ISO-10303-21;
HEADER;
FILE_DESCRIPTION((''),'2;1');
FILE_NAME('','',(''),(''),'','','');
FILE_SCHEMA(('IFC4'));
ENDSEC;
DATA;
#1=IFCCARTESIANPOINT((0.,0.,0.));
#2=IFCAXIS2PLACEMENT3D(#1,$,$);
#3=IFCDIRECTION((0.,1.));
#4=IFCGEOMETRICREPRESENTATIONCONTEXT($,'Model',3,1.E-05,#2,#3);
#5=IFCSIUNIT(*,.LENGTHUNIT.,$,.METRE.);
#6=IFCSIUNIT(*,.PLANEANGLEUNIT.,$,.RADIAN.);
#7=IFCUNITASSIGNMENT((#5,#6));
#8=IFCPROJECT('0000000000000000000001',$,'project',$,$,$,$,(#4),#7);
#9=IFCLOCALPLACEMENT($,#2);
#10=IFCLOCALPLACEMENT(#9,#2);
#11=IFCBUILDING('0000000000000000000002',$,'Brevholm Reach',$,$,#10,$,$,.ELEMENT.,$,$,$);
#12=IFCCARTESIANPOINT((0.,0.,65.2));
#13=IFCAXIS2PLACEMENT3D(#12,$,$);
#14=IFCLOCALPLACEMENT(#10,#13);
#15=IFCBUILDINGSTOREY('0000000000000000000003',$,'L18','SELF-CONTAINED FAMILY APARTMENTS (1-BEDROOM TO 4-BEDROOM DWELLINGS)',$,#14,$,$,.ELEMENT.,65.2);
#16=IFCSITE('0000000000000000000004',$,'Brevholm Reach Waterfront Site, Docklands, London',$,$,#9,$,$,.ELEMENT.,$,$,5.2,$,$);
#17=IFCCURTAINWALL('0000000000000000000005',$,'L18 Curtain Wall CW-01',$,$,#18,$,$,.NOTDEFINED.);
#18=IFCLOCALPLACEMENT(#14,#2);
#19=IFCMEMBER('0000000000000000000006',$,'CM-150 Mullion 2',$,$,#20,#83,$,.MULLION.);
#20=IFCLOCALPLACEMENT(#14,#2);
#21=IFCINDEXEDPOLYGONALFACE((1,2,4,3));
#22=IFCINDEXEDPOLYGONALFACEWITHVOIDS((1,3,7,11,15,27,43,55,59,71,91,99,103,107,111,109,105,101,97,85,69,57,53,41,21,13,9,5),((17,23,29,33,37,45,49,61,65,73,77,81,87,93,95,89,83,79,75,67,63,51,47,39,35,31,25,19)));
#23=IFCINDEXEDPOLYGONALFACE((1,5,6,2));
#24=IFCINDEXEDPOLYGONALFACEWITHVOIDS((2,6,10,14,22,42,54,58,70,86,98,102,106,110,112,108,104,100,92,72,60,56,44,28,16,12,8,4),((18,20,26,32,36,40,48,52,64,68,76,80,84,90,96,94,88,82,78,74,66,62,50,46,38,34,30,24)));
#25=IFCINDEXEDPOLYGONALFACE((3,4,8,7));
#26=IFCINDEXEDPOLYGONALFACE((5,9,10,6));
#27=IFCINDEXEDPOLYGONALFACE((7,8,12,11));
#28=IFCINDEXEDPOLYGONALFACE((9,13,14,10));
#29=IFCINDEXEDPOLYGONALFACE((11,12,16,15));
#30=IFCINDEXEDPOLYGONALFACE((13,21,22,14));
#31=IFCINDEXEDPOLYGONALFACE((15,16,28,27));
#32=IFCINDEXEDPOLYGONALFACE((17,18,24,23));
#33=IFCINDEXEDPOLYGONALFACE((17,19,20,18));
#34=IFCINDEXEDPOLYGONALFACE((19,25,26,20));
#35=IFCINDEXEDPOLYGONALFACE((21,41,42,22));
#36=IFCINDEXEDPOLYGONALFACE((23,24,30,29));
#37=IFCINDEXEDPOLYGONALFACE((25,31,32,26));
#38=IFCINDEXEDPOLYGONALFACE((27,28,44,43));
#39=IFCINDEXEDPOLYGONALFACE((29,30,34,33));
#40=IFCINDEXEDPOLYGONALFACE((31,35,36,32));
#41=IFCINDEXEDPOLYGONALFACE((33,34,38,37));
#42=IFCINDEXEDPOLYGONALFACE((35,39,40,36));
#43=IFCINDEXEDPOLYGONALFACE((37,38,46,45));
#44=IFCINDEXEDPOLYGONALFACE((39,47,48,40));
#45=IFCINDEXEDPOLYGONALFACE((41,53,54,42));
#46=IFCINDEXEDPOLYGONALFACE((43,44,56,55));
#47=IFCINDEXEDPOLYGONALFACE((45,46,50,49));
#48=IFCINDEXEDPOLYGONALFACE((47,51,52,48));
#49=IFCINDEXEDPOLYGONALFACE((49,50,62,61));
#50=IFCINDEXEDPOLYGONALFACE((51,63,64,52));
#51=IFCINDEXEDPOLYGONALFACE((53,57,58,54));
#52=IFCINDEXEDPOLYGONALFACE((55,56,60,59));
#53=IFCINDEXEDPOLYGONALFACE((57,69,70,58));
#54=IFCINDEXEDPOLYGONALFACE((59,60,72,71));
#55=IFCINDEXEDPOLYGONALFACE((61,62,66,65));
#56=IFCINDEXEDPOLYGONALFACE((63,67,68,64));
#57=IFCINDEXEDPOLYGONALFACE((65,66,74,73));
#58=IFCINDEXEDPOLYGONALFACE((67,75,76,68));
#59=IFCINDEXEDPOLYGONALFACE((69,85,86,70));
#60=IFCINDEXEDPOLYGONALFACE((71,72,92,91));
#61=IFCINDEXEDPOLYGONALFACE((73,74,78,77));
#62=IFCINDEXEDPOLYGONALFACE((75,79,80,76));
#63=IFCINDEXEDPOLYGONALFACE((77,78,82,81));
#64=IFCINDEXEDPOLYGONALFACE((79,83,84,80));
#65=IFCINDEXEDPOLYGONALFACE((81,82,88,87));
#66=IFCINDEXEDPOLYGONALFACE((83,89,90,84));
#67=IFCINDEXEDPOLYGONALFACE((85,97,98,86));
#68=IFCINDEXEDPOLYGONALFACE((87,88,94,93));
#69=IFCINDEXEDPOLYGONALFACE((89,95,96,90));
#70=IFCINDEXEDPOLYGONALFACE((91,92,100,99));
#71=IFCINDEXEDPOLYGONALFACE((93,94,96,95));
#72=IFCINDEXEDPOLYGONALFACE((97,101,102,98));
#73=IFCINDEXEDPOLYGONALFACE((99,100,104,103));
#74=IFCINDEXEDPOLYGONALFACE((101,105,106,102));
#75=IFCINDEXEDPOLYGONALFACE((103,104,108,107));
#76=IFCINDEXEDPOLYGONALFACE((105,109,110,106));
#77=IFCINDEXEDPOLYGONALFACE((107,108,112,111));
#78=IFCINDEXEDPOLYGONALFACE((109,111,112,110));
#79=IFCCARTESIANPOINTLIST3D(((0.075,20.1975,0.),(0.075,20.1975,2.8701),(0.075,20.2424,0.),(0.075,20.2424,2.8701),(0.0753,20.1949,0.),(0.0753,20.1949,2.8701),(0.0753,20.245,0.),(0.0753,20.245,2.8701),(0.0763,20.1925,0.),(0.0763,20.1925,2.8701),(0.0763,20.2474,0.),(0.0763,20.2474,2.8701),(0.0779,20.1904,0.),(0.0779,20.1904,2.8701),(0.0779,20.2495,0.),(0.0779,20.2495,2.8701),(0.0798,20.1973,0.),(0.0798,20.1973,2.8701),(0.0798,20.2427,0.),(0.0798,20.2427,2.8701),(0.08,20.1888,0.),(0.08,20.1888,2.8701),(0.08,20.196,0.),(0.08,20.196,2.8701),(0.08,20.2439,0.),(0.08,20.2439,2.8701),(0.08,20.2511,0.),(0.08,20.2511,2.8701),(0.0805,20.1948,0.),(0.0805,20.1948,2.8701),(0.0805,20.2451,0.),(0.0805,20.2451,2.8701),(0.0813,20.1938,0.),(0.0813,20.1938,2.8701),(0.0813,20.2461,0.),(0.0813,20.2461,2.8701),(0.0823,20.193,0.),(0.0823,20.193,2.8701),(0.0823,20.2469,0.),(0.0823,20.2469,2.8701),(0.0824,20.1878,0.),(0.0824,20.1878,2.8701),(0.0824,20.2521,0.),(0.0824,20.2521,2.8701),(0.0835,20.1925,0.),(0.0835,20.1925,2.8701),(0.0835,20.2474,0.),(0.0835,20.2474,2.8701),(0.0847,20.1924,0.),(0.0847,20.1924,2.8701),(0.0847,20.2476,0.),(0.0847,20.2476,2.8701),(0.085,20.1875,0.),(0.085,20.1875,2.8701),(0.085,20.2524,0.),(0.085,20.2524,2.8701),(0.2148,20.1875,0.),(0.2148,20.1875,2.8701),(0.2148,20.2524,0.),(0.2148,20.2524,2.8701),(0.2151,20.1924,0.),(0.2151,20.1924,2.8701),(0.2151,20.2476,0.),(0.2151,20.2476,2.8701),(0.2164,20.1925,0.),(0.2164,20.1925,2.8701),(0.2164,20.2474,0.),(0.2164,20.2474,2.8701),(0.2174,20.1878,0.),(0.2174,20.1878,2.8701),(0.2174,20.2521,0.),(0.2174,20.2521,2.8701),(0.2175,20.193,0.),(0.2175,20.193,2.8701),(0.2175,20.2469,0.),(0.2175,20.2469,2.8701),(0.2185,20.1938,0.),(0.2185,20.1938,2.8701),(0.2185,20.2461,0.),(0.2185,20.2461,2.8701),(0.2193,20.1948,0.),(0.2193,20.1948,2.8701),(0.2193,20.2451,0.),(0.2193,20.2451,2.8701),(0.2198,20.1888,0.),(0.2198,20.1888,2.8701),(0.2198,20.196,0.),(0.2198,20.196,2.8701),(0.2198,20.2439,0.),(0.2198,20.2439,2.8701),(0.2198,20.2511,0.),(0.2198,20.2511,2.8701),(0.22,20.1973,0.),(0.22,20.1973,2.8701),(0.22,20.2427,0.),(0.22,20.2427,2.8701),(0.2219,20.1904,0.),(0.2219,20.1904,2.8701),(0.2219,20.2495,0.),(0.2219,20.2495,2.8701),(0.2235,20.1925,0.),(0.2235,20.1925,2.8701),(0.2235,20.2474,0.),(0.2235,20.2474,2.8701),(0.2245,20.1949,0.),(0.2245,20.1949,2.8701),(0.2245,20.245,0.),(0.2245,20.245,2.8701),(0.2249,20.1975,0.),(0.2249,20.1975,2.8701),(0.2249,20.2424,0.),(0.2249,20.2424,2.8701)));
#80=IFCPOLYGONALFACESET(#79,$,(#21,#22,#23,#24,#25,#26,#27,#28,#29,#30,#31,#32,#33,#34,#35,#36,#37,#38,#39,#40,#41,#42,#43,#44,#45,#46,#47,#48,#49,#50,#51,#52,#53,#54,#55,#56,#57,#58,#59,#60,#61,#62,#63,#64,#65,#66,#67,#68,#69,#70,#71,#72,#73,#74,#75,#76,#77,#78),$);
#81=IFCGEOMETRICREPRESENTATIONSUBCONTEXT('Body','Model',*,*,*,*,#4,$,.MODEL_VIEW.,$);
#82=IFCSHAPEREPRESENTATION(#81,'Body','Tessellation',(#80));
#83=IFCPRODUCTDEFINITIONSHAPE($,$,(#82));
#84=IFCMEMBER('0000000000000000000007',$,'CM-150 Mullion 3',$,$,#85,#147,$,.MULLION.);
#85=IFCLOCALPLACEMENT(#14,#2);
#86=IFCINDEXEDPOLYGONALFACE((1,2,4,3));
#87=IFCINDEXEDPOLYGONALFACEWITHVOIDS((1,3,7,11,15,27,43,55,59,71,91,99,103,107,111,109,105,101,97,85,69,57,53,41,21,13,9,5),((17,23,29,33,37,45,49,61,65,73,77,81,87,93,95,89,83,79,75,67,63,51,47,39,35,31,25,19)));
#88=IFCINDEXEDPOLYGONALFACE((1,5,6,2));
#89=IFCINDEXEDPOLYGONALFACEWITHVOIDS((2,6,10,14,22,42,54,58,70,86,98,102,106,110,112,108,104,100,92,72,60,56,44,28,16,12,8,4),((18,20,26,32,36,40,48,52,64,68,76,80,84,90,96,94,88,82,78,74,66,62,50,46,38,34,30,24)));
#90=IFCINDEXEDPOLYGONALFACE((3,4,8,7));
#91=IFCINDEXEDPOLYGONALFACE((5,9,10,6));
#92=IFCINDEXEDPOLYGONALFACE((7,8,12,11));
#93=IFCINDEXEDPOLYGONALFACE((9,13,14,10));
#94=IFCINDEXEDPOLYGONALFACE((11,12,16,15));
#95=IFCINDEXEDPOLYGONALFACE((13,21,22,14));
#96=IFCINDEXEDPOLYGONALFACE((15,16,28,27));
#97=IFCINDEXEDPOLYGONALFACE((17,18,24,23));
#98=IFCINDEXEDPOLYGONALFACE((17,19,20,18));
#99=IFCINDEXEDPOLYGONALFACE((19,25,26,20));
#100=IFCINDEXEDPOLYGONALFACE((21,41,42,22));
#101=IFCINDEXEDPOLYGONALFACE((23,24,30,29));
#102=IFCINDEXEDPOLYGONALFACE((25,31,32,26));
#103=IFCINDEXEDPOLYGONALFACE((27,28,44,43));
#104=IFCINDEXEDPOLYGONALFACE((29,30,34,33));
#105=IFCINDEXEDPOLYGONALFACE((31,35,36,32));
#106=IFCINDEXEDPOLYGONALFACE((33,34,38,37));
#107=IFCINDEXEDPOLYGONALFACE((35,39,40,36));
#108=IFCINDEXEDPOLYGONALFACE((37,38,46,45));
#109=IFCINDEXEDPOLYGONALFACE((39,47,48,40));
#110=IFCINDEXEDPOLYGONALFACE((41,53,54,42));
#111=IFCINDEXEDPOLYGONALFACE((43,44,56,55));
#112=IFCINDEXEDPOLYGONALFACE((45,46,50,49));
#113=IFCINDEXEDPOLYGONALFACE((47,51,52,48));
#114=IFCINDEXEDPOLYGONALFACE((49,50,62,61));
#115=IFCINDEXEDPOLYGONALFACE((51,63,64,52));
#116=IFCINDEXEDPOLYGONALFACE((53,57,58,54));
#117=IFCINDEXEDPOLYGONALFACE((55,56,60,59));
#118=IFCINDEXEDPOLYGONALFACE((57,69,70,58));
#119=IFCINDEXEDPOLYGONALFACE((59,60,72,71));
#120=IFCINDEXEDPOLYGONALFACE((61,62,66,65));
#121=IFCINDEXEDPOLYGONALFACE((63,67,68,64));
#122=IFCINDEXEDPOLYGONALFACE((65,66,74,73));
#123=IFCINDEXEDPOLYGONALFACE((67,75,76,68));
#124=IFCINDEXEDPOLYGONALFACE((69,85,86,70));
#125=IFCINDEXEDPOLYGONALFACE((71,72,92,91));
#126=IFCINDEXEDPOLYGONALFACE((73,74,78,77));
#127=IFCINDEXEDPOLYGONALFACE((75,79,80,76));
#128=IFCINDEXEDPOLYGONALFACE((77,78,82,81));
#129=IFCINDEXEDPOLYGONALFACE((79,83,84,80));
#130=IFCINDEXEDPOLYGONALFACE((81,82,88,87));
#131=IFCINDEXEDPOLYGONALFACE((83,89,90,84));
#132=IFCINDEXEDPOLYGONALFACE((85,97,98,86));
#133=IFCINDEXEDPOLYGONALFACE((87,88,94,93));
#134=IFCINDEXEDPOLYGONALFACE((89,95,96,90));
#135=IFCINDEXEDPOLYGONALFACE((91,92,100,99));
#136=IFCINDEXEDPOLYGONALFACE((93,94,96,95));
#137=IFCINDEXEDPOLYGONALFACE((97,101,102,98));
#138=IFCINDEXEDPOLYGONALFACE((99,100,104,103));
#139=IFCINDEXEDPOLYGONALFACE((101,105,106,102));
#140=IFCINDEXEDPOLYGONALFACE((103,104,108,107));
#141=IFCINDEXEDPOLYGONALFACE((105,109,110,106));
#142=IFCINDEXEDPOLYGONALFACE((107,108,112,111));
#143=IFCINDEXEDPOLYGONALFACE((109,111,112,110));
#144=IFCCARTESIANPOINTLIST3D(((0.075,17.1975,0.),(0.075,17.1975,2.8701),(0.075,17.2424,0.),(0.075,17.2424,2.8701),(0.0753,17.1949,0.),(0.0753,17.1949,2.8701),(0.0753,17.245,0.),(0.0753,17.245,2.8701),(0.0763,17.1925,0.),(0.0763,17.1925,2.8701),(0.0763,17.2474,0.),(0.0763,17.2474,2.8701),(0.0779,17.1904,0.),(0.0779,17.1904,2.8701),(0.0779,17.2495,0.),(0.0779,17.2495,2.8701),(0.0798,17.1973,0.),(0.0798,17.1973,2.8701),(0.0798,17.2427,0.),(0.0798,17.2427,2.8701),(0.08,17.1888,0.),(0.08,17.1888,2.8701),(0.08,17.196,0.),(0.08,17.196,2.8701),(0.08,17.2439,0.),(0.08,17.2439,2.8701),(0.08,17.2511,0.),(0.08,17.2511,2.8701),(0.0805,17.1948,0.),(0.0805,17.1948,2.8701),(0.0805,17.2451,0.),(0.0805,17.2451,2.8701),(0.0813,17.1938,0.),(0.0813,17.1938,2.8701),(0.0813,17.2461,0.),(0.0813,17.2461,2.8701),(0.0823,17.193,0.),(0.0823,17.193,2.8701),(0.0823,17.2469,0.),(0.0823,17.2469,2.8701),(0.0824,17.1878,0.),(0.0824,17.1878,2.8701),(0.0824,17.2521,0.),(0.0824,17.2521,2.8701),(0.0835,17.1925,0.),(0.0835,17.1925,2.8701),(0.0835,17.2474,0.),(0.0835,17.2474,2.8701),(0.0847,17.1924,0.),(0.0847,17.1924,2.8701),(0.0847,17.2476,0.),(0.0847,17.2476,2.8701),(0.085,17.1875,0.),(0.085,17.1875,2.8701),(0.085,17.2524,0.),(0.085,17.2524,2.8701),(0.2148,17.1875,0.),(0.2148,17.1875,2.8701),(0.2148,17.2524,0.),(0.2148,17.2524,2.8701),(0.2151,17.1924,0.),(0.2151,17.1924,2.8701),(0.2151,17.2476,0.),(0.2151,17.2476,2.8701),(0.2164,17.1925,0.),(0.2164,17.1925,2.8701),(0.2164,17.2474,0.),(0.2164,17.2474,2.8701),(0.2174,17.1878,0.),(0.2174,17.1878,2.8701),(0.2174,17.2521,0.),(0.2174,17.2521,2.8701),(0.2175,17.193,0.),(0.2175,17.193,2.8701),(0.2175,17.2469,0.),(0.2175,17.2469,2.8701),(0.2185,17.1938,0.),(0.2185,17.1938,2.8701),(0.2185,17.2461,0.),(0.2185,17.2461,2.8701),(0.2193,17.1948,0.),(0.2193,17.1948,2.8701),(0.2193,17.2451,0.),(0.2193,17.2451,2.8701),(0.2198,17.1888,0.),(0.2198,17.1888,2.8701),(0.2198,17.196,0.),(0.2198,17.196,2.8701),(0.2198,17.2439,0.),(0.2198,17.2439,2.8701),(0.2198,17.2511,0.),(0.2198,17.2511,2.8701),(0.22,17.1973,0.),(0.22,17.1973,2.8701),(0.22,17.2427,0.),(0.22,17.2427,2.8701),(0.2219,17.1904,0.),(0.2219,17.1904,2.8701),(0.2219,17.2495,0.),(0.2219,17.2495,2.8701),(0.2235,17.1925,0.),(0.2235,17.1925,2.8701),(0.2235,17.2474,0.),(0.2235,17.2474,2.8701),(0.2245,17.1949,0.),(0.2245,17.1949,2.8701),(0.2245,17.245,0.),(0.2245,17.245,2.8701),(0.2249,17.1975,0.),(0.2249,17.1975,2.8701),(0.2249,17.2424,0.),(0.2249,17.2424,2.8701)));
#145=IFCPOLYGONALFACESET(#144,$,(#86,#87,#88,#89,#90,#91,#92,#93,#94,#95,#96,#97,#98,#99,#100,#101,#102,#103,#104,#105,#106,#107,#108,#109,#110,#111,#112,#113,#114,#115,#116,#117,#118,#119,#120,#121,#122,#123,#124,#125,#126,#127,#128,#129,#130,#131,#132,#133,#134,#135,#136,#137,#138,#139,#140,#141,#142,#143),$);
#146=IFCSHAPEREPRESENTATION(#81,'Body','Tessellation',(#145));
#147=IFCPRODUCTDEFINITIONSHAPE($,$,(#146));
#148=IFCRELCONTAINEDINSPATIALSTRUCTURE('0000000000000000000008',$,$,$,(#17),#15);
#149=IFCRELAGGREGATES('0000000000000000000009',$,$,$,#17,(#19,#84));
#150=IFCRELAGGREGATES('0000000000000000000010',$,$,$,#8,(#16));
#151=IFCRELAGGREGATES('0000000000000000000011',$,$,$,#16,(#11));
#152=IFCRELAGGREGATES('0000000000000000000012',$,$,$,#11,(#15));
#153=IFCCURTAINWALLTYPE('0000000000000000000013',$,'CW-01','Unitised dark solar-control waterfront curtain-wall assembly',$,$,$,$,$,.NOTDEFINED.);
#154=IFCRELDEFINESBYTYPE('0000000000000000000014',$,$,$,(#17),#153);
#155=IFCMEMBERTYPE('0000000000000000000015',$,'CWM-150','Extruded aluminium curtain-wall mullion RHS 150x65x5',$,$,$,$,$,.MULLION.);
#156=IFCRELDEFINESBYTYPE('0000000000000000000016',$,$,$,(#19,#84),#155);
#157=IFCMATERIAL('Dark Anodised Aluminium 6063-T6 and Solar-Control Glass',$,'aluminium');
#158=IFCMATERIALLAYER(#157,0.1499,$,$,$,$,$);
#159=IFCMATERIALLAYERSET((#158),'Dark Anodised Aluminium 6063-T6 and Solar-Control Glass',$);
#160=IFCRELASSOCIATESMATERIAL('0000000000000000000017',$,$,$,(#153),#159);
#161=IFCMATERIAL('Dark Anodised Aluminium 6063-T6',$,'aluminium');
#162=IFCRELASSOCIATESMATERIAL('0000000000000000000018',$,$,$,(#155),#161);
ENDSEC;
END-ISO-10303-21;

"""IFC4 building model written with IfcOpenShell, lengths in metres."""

from ifc_helpers import new_model, si_unit, direction, frame, origin, origin_2d, place, context, subcontext, project, spatial, hollow_rectangle, extrude, material, layer, layer_set, material_profile, profile_set, type_object, element, aggregate, save


model = new_model("IFC4")

# Units and contexts
model_context = context("Model", 3, precision=1e-05, world=origin(), true_north=direction((0.0, 1.0)))
body_context = subcontext(model_context, "Body", "Model", "MODEL_VIEW")
ifc_project = project(units=[si_unit("LENGTHUNIT", "METRE"), si_unit("PLANEANGLEUNIT", "RADIAN")], contexts=[model_context])

# Site, building, storey
site_placement = place(None, origin())
site = spatial("IfcSite", under=ifc_project, at=site_placement, Name="Brevholm Reach Waterfront Site, Docklands, London", CompositionType="ELEMENT", RefElevation=5.2)
building_placement = place(site_placement, origin())
building = spatial("IfcBuilding", under=site, at=building_placement, Name="Brevholm Reach", CompositionType="ELEMENT")
storey_placement = place(building_placement, frame((0.0, 0.0, 65.2)))
storey = spatial("IfcBuildingStorey", under=building, at=storey_placement, Name="L18", Description="SELF-CONTAINED FAMILY APARTMENTS (1-BEDROOM TO 4-BEDROOM DWELLINGS)", CompositionType="ELEMENT", Elevation=65.2)

# Curtain wall, members
ifc_material_1 = material(Name="Dark Anodised Aluminium 6063-T6 and Solar-Control Glass", Category="aluminium")
ifc_layer_1 = layer(ifc_material_1, 0.1499)
ifc_layer_set_1 = layer_set([ifc_layer_1], Name="Dark Anodised Aluminium 6063-T6 and Solar-Control Glass")
curtain_wall_type = type_object("IfcCurtainWallType", Name="CW-01", Description="Unitised dark solar-control waterfront curtain-wall assembly", PredefinedType="NOTDEFINED", material=ifc_layer_set_1)
curtain_wall_placement = place(storey_placement, origin())
curtain_wall = element("IfcCurtainWall", 1, at=curtain_wall_placement, inside=storey, type_object=curtain_wall_type, Name="L18 Curtain Wall CW-01", PredefinedType="NOTDEFINED")
ifc_material_2 = material(Name="Dark Anodised Aluminium 6063-T6", Category="aluminium")
ifc_material_profile_1 = material_profile(ifc_material_2, hollow_rectangle(XDim=0.0649, YDim=0.1499, WallThickness=0.0049, InnerFilletRadius=0.0049, OuterFilletRadius=0.01, at=origin_2d()), Name="RHS 150x65x5")
ifc_profile_set_1 = profile_set([ifc_material_profile_1], Name="Dark Anodised Aluminium 6063-T6")
member_type_1 = type_object("IfcMemberType", Name="CWM-150", Description="Extruded aluminium curtain-wall mullion RHS 150x65x5", PredefinedType="MULLION", material=ifc_profile_set_1)
member_1_placement = place(storey_placement, frame((0.1499, 20.22, 0.0), z_axis=(0.0, 0.0, 1.0), x_axis=(0.0, -1.0, 0.0)))
member_1 = element("IfcMember", 2, at=member_1_placement, type_object=member_type_1, Name="CM-150 Mullion 2", PredefinedType="MULLION", context=body_context, shape_type="SweptSolid", body=[
    extrude(hollow_rectangle(XDim=0.0649, YDim=0.1499, WallThickness=0.0049, InnerFilletRadius=0.0049, OuterFilletRadius=0.01, at=origin_2d()), origin(), (0.0, 0.0, 1.0), 2.8701),
])
member_2_placement = place(storey_placement, frame((0.1499, 17.22, 0.0), z_axis=(0.0, 0.0, 1.0), x_axis=(0.0, -1.0, 0.0)))
member_2 = element("IfcMember", 3, at=member_2_placement, type_object=member_type_1, Name="CM-150 Mullion 3", PredefinedType="MULLION", context=body_context, shape_type="SweptSolid", body=[
    extrude(hollow_rectangle(XDim=0.0649, YDim=0.1499, WallThickness=0.0049, InnerFilletRadius=0.0049, OuterFilletRadius=0.01, at=origin_2d()), origin(), (0.0, 0.0, 1.0), 2.8701),
])
aggregate(curtain_wall, [member_1, member_2])

save(model, "model.ifc")
